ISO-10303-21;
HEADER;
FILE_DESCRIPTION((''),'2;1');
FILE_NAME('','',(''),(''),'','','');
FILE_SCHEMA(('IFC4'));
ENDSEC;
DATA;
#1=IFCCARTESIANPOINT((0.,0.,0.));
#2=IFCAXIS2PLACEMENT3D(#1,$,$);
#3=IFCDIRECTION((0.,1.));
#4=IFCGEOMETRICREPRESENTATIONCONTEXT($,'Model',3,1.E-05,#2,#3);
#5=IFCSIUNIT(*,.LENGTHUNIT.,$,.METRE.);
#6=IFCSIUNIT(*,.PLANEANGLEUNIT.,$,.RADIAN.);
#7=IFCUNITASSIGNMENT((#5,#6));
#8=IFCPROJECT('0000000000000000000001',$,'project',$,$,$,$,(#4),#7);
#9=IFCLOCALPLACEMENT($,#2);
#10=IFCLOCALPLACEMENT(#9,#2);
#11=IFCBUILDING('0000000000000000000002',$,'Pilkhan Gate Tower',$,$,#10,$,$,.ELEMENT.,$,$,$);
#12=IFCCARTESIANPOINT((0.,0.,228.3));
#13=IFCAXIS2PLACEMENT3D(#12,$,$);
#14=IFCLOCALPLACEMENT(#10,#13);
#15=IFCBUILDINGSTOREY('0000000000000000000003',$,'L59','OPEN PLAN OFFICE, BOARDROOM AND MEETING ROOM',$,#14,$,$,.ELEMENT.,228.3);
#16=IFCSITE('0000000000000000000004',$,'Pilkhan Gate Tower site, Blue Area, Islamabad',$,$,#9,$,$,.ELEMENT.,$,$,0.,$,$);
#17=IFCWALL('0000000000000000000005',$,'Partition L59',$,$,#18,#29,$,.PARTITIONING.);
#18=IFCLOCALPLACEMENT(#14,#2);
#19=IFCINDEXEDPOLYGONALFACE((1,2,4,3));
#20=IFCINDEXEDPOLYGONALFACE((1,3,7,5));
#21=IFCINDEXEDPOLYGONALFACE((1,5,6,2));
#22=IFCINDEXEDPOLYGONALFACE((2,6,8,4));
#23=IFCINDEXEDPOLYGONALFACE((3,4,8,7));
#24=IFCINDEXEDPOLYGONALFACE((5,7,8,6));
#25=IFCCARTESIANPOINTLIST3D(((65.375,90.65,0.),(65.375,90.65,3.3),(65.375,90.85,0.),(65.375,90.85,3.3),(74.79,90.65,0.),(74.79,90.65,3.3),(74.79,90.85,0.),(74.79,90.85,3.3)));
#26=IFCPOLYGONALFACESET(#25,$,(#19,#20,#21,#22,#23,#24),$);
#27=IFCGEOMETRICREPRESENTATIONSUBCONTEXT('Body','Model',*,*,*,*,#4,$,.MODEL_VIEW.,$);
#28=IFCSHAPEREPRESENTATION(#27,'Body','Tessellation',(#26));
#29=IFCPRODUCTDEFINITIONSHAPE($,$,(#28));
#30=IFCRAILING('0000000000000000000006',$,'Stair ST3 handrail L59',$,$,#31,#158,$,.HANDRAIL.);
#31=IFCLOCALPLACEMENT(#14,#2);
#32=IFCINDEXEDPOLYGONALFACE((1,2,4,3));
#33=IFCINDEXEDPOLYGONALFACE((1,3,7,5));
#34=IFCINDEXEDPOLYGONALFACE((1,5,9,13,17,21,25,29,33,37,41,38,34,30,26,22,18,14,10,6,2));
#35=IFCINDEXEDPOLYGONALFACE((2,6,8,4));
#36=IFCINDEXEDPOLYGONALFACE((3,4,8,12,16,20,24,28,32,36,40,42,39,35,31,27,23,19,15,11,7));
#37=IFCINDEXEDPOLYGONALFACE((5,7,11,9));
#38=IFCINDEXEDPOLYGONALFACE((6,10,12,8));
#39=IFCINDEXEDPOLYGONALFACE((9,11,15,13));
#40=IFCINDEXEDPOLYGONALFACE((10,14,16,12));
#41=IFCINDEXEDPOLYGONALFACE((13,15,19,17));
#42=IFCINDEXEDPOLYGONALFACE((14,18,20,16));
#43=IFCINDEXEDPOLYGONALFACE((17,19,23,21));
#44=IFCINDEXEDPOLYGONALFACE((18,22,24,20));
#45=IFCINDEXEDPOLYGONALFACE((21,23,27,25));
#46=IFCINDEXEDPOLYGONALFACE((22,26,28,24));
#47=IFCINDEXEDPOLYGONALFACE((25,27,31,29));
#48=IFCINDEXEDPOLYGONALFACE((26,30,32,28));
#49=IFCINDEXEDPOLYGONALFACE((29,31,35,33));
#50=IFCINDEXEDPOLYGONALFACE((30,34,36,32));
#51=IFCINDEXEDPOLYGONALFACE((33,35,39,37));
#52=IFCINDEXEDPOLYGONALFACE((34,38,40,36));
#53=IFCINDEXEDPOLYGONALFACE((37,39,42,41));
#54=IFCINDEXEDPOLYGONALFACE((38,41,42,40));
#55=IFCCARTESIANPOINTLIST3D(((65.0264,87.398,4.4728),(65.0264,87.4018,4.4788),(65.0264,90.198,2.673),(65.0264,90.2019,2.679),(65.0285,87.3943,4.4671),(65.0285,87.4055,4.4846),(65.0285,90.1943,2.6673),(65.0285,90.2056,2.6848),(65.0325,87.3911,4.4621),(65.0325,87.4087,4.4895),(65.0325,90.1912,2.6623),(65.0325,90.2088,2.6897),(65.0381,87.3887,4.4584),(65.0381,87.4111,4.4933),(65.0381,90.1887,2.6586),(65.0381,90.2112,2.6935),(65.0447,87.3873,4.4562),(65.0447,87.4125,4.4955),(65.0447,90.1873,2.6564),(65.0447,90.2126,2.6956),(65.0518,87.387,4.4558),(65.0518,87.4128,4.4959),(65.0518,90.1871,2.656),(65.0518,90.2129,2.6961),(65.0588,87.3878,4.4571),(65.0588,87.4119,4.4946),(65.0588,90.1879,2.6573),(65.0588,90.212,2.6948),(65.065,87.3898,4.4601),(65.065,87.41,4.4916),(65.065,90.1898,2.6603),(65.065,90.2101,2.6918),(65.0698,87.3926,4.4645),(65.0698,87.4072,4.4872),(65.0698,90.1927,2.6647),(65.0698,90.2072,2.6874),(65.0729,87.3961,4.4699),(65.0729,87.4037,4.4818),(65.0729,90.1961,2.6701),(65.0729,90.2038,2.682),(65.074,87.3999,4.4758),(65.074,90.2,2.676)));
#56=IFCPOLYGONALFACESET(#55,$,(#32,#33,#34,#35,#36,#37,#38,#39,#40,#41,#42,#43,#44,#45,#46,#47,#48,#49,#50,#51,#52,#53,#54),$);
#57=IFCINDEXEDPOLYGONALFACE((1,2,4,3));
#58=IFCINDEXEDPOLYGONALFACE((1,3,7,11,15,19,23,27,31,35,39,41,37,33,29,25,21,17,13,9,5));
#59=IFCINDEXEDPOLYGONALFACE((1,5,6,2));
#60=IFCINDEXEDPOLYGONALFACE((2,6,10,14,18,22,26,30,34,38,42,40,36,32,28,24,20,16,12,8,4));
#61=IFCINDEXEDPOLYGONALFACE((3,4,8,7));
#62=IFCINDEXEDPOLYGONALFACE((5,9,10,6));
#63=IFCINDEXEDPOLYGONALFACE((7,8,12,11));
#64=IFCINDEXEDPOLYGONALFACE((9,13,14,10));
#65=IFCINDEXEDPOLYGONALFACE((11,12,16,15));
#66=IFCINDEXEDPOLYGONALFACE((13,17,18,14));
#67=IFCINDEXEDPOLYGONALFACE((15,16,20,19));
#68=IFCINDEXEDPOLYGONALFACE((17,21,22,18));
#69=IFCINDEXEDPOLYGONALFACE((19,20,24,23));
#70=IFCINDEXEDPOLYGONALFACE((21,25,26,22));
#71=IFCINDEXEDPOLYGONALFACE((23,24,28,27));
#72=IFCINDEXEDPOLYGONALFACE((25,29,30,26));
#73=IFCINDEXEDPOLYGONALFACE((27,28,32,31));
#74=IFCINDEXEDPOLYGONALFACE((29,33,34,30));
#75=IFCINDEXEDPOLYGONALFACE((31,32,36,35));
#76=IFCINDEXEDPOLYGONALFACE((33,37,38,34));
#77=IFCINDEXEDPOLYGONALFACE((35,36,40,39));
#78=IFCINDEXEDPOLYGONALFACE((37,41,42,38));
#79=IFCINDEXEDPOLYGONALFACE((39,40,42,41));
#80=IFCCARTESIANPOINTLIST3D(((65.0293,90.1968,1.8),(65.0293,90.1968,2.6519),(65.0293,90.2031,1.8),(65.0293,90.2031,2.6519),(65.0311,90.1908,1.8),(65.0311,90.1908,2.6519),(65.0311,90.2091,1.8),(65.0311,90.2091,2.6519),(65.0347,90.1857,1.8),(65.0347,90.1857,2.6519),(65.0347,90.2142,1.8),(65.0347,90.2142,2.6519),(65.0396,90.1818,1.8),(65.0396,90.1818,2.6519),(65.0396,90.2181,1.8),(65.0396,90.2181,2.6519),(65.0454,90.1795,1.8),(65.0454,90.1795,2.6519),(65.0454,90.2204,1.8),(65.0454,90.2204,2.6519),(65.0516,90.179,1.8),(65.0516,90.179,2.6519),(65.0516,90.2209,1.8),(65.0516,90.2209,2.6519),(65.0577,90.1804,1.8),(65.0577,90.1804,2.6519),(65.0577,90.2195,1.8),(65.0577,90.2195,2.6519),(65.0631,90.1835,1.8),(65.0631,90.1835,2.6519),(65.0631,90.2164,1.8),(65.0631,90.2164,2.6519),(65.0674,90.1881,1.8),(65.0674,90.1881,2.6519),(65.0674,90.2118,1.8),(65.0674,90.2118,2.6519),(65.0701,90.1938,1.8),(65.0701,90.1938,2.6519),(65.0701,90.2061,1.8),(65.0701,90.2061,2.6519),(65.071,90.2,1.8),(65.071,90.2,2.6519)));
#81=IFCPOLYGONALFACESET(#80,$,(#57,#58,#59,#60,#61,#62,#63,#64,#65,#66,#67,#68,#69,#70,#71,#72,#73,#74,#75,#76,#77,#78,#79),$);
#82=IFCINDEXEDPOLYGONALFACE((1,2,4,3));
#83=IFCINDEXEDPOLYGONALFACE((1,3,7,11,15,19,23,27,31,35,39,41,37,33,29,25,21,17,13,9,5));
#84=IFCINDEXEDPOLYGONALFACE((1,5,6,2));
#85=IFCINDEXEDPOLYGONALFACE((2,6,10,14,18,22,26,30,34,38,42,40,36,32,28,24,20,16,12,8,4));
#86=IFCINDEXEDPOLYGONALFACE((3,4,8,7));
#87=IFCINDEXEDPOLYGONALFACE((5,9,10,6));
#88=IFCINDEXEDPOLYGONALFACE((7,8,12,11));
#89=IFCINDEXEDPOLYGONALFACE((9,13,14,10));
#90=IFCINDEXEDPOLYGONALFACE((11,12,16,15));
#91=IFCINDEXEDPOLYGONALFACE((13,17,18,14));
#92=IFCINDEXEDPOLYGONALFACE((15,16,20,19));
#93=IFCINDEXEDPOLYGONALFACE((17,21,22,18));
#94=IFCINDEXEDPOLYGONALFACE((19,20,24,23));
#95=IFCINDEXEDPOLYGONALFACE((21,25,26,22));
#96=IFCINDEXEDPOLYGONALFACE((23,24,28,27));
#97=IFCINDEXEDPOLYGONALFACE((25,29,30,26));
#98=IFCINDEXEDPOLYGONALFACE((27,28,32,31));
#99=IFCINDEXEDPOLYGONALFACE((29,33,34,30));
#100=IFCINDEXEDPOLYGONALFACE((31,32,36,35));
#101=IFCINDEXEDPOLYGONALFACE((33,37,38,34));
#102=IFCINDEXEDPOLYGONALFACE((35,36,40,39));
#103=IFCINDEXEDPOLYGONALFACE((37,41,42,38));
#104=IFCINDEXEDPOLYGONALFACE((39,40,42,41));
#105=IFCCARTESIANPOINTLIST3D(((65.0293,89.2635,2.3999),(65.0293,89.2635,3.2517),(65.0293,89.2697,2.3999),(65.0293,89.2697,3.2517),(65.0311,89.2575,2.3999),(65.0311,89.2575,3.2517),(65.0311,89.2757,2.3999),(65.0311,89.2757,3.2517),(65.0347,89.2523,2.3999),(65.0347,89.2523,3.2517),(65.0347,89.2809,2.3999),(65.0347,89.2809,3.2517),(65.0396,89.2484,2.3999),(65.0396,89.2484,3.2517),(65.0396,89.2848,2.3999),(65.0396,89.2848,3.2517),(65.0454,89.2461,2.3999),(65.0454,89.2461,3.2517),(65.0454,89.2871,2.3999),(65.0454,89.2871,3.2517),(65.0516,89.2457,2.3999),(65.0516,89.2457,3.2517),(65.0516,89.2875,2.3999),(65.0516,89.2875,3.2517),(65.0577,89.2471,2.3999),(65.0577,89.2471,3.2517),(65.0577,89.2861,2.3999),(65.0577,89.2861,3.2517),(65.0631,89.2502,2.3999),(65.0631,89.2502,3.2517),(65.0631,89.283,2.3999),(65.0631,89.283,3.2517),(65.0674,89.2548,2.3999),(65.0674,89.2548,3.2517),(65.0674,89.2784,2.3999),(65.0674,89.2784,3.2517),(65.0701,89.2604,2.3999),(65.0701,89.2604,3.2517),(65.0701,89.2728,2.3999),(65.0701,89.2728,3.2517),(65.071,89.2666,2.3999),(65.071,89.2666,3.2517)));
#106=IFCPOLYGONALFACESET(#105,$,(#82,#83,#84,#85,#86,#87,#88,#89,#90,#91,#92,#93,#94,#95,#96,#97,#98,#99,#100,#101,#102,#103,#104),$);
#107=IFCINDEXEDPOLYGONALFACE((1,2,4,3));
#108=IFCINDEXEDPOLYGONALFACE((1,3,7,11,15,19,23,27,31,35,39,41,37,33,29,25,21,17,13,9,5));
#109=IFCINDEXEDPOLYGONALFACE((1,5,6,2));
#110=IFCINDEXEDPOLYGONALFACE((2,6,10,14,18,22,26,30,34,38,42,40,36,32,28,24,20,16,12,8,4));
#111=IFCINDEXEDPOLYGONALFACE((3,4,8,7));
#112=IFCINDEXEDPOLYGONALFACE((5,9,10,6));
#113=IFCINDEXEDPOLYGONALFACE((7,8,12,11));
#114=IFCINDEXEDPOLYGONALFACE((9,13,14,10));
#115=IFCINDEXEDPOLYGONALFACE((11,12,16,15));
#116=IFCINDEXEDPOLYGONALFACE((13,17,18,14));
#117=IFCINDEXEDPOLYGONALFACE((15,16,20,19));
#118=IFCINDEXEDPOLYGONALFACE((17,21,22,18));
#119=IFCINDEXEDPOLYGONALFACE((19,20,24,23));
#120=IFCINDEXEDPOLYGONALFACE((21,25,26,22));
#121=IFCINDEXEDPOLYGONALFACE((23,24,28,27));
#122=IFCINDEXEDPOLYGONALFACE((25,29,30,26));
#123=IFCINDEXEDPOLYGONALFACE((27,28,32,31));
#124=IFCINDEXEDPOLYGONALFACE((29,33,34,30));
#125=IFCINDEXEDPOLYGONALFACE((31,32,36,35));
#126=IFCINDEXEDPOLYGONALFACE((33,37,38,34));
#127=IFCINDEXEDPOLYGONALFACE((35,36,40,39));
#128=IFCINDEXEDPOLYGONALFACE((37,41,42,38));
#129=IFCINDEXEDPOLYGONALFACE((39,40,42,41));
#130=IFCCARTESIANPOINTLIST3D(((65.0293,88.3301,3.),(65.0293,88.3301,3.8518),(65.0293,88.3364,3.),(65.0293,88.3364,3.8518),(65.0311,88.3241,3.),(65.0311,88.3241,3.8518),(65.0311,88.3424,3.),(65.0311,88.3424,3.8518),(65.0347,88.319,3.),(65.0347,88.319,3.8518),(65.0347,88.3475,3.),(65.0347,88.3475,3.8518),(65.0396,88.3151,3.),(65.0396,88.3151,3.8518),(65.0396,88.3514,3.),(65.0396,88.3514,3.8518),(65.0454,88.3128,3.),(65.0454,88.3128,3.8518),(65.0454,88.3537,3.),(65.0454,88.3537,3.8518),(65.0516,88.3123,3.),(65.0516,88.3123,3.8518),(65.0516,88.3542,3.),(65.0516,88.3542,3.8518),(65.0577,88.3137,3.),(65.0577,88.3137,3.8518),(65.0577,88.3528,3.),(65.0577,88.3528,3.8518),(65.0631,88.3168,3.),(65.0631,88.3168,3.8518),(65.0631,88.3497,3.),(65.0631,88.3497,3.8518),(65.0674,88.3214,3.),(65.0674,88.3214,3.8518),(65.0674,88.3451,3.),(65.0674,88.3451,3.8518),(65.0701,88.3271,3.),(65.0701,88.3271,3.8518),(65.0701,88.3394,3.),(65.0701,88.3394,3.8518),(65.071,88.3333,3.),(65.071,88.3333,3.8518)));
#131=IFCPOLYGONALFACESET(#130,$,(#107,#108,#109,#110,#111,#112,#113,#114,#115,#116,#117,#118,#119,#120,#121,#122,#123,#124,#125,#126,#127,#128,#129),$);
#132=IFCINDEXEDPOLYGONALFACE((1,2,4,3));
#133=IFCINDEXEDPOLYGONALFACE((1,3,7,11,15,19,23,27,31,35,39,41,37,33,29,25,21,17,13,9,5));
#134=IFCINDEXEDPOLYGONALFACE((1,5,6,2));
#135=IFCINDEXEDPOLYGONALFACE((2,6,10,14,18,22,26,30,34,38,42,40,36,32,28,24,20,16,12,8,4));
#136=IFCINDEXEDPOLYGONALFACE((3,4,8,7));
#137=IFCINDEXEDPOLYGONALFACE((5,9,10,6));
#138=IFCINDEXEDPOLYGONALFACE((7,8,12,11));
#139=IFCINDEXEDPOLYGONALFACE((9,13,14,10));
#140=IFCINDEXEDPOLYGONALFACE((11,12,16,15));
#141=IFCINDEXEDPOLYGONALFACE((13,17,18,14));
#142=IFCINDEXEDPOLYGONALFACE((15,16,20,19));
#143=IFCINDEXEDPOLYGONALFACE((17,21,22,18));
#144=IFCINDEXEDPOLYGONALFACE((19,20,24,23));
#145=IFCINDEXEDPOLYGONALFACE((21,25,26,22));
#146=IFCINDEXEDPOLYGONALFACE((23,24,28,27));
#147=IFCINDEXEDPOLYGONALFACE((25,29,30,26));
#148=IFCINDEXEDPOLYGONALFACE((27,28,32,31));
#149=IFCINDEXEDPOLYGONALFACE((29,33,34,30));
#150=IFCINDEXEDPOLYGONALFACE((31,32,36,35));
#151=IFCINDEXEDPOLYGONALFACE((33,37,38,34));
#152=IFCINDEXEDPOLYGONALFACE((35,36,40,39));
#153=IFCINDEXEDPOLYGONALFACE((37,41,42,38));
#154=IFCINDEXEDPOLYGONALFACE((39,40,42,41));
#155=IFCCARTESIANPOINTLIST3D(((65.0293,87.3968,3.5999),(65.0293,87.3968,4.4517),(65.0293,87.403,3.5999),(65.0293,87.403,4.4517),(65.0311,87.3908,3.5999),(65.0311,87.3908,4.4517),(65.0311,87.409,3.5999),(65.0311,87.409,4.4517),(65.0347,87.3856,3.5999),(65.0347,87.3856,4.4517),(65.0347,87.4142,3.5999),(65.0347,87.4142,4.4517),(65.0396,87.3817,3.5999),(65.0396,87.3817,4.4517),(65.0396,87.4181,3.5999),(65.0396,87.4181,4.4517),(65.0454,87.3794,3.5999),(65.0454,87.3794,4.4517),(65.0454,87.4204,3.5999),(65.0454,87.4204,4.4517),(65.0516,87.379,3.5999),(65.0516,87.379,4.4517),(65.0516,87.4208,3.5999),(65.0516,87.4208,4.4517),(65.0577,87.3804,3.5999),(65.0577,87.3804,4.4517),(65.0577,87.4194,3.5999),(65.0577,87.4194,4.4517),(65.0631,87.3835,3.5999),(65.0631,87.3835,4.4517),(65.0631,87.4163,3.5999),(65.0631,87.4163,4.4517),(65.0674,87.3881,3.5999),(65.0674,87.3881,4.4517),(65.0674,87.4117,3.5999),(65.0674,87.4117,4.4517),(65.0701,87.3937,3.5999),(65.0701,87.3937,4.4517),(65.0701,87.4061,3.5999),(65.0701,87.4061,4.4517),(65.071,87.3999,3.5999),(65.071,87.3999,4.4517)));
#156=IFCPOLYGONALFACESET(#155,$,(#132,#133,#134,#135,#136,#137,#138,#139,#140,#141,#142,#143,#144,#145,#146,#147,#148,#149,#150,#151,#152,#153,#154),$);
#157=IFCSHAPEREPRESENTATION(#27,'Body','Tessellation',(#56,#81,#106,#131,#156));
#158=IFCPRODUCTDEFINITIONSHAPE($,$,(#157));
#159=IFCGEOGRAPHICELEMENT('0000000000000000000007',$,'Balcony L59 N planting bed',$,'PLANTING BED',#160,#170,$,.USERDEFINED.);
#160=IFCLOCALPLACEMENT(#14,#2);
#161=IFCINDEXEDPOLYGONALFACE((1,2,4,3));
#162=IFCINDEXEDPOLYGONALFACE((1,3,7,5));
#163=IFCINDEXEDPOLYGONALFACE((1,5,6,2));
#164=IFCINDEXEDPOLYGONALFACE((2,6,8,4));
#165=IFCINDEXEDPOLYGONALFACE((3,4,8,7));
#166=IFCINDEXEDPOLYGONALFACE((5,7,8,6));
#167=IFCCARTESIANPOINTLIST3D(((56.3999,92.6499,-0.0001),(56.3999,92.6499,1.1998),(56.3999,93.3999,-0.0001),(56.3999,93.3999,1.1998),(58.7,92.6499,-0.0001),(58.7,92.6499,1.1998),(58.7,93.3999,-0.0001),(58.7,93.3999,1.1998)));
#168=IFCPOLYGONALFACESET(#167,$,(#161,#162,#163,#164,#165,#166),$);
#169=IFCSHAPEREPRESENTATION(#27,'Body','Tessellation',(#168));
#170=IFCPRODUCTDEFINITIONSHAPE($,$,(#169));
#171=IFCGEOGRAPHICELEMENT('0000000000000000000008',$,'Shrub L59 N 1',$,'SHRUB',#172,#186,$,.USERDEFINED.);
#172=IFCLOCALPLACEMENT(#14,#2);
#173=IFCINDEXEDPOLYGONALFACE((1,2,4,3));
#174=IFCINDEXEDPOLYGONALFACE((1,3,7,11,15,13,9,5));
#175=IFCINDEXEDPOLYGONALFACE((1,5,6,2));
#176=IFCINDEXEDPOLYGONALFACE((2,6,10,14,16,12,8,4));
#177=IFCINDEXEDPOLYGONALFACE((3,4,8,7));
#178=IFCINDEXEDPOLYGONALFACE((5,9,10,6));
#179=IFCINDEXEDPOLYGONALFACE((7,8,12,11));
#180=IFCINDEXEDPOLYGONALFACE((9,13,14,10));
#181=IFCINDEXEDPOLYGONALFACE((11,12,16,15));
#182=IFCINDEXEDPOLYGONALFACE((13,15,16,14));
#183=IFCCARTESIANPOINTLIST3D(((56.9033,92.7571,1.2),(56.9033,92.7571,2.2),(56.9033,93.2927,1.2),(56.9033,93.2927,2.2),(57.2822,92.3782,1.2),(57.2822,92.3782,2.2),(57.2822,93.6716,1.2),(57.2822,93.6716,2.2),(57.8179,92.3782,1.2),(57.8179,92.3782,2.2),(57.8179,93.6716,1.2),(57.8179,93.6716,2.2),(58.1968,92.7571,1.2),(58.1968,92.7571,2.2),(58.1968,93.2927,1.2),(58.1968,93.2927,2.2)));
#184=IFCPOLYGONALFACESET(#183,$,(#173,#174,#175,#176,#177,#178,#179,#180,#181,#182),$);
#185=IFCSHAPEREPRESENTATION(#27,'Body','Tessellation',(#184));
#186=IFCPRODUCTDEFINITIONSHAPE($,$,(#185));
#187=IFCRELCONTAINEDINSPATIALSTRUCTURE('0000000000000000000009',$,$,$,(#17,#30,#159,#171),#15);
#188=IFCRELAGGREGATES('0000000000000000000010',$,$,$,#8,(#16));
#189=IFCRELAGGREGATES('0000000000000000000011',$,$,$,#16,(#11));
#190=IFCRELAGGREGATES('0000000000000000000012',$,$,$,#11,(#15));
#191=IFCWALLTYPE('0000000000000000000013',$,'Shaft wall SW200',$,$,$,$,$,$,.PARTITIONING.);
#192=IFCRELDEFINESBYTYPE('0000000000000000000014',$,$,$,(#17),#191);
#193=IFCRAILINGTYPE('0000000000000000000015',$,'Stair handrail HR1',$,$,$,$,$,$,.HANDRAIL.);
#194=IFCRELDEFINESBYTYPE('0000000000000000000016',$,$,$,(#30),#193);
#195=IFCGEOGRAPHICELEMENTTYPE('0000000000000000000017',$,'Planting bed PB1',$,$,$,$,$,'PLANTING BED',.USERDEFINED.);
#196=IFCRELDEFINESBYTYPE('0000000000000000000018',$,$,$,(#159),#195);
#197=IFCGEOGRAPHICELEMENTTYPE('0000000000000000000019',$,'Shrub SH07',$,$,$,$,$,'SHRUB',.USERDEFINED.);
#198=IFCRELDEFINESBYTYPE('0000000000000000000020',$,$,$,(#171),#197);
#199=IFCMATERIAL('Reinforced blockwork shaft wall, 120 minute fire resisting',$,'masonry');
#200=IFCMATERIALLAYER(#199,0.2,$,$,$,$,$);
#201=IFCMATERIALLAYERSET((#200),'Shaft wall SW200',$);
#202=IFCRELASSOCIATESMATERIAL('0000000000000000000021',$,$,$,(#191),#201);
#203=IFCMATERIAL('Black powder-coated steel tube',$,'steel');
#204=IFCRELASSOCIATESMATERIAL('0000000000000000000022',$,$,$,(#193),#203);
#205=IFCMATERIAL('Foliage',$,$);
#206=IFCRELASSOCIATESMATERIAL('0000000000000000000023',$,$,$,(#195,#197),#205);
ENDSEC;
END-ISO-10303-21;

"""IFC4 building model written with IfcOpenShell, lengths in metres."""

from ifc_helpers import new_model, si_unit, direction, frame, frame_2d, origin, origin_2d, place, context, subcontext, project, spatial, polyline, rectangle, circle, outline, extrude, material, layer, layer_set, material_profile, profile_set, type_object, element, save


model = new_model("IFC4")

# Units and contexts
model_context = context("Model", 3, precision=1e-05, world=origin(), true_north=direction((0.0, 1.0)))
body_context = subcontext(model_context, "Body", "Model", "MODEL_VIEW")
ifc_project = project(units=[si_unit("LENGTHUNIT", "METRE"), si_unit("PLANEANGLEUNIT", "RADIAN")], contexts=[model_context])

# Site, building, storey
site_placement = place(None, origin())
site = spatial("IfcSite", under=ifc_project, at=site_placement, Name="Pilkhan Gate Tower site, Blue Area, Islamabad", CompositionType="ELEMENT", RefElevation=0.0)
building_placement = place(site_placement, origin())
building = spatial("IfcBuilding", under=site, at=building_placement, Name="Pilkhan Gate Tower", CompositionType="ELEMENT")
storey_placement = place(building_placement, frame((0.0, 0.0, 228.3)))
storey = spatial("IfcBuildingStorey", under=building, at=storey_placement, Name="L59", Description="OPEN PLAN OFFICE, BOARDROOM AND MEETING ROOM", CompositionType="ELEMENT", Elevation=228.3)

# Wall
ifc_material_1 = material(Name="Reinforced blockwork shaft wall, 120 minute fire resisting", Category="masonry")
ifc_layer_1 = layer(ifc_material_1, 0.2)
ifc_layer_set_1 = layer_set([ifc_layer_1], Name="Shaft wall SW200")
wall_type_1 = type_object("IfcWallType", Name="Shaft wall SW200", PredefinedType="PARTITIONING", material=ifc_layer_set_1)
wall_1_placement = place(storey_placement, frame((65.375, 90.75, 0.0), z_axis=(0.0, 0.0, 1.0), x_axis=(1.0, 0.0, 0.0)))
element("IfcWall", 1, at=wall_1_placement, inside=storey, type_object=wall_type_1, Name="Partition L59", PredefinedType="PARTITIONING", context=body_context, shape_type="SweptSolid", body=[
    extrude(rectangle(XDim=9.415, YDim=0.2, at=frame_2d((4.7075, 0.0))), origin(), (0.0, 0.0, 1.0), 3.3),
])

# Railing
ifc_material_2 = material(Name="Black powder-coated steel tube", Category="steel")
railing_type_1 = type_object("IfcRailingType", Name="Stair handrail HR1", PredefinedType="HANDRAIL", material=ifc_material_2)
railing_1_placement = place(storey_placement, frame((65.05, 90.2, 1.8)))
element("IfcRailing", 2, at=railing_1_placement, inside=storey, type_object=railing_type_1, Name="Stair ST3 handrail L59", PredefinedType="HANDRAIL", context=body_context, shape_type="SweptSolid", body=[
    extrude(circle(Radius=0.0239, at=origin_2d()), frame((0.0, 0.0, 0.876), z_axis=(0.0, -0.841209, 0.540709), x_axis=(1.0, 0.0, 0.0)), (0.0, 0.0, 1.0), 3.3286),
    extrude(circle(Radius=0.021, at=origin_2d()), origin(), (0.0, 0.0, 1.0), 0.8518),
    extrude(circle(Radius=0.021, at=origin_2d()), frame((0.0, -0.9333, 0.5999)), (0.0, 0.0, 1.0), 0.8518),
    extrude(circle(Radius=0.021, at=origin_2d()), frame((0.0, -1.8667, 1.2)), (0.0, 0.0, 1.0), 0.8518),
    extrude(circle(Radius=0.021, at=origin_2d()), frame((0.0, -2.8, 1.7998)), (0.0, 0.0, 1.0), 0.8518),
])

# Geographic elements
ifc_material_3 = material(Name="Foliage")
ifc_material_profile_1 = material_profile(ifc_material_3, rectangle(XDim=0.75, YDim=1.2, at=origin_2d()), Name="Bed 750x1200")
ifc_profile_set_1 = profile_set([ifc_material_profile_1], Name="Foliage")
geographic_element_type_1 = type_object("IfcGeographicElementType", Name="Planting bed PB1", ElementType="PLANTING BED", PredefinedType="USERDEFINED", material=ifc_profile_set_1)
geographic_element_1_placement = place(storey_placement, frame((56.3999, 93.0249, 0.5999), z_axis=(1.0, 0.0, 0.0), x_axis=(0.0, 1.0, 0.0)))
element("IfcGeographicElement", 3, at=geographic_element_1_placement, inside=storey, type_object=geographic_element_type_1, Name="Balcony L59 N planting bed", ObjectType="PLANTING BED", PredefinedType="USERDEFINED", context=body_context, shape_type="SweptSolid", body=[
    extrude(rectangle(XDim=0.75, YDim=1.2, at=origin_2d()), origin(), (0.0, 0.0, 1.0), 2.3),
])
ifc_material_profile_2 = material_profile(ifc_material_3, outline(polyline([(0.6467, 0.2678), (0.2678, 0.6467), (-0.2678, 0.6467), (-0.6467, 0.2678), (-0.6467, -0.2678), (-0.2678, -0.6467), (0.2678, -0.6467), (0.6467, -0.2678), (0.6467, 0.2678)])), Name="Shrub D1.4")
ifc_profile_set_2 = profile_set([ifc_material_profile_2], Name="Foliage")
geographic_element_type_2 = type_object("IfcGeographicElementType", Name="Shrub SH07", ElementType="SHRUB", PredefinedType="USERDEFINED", material=ifc_profile_set_2)
geographic_element_2_placement = place(storey_placement, frame((57.55, 93.0249, 1.2), z_axis=(0.0, 0.0, 1.0), x_axis=(1.0, 0.0, 0.0)))
element("IfcGeographicElement", 4, at=geographic_element_2_placement, inside=storey, type_object=geographic_element_type_2, Name="Shrub L59 N 1", ObjectType="SHRUB", PredefinedType="USERDEFINED", context=body_context, shape_type="SweptSolid", body=[
    extrude(outline(polyline([(0.6467, 0.2678), (0.2678, 0.6467), (-0.2678, 0.6467), (-0.6467, 0.2678), (-0.6467, -0.2678), (-0.2678, -0.6467), (0.2678, -0.6467), (0.6467, -0.2678), (0.6467, 0.2678)])), origin(), (0.0, 0.0, 1.0), 1.0),
])

save(model, "model.ifc")
